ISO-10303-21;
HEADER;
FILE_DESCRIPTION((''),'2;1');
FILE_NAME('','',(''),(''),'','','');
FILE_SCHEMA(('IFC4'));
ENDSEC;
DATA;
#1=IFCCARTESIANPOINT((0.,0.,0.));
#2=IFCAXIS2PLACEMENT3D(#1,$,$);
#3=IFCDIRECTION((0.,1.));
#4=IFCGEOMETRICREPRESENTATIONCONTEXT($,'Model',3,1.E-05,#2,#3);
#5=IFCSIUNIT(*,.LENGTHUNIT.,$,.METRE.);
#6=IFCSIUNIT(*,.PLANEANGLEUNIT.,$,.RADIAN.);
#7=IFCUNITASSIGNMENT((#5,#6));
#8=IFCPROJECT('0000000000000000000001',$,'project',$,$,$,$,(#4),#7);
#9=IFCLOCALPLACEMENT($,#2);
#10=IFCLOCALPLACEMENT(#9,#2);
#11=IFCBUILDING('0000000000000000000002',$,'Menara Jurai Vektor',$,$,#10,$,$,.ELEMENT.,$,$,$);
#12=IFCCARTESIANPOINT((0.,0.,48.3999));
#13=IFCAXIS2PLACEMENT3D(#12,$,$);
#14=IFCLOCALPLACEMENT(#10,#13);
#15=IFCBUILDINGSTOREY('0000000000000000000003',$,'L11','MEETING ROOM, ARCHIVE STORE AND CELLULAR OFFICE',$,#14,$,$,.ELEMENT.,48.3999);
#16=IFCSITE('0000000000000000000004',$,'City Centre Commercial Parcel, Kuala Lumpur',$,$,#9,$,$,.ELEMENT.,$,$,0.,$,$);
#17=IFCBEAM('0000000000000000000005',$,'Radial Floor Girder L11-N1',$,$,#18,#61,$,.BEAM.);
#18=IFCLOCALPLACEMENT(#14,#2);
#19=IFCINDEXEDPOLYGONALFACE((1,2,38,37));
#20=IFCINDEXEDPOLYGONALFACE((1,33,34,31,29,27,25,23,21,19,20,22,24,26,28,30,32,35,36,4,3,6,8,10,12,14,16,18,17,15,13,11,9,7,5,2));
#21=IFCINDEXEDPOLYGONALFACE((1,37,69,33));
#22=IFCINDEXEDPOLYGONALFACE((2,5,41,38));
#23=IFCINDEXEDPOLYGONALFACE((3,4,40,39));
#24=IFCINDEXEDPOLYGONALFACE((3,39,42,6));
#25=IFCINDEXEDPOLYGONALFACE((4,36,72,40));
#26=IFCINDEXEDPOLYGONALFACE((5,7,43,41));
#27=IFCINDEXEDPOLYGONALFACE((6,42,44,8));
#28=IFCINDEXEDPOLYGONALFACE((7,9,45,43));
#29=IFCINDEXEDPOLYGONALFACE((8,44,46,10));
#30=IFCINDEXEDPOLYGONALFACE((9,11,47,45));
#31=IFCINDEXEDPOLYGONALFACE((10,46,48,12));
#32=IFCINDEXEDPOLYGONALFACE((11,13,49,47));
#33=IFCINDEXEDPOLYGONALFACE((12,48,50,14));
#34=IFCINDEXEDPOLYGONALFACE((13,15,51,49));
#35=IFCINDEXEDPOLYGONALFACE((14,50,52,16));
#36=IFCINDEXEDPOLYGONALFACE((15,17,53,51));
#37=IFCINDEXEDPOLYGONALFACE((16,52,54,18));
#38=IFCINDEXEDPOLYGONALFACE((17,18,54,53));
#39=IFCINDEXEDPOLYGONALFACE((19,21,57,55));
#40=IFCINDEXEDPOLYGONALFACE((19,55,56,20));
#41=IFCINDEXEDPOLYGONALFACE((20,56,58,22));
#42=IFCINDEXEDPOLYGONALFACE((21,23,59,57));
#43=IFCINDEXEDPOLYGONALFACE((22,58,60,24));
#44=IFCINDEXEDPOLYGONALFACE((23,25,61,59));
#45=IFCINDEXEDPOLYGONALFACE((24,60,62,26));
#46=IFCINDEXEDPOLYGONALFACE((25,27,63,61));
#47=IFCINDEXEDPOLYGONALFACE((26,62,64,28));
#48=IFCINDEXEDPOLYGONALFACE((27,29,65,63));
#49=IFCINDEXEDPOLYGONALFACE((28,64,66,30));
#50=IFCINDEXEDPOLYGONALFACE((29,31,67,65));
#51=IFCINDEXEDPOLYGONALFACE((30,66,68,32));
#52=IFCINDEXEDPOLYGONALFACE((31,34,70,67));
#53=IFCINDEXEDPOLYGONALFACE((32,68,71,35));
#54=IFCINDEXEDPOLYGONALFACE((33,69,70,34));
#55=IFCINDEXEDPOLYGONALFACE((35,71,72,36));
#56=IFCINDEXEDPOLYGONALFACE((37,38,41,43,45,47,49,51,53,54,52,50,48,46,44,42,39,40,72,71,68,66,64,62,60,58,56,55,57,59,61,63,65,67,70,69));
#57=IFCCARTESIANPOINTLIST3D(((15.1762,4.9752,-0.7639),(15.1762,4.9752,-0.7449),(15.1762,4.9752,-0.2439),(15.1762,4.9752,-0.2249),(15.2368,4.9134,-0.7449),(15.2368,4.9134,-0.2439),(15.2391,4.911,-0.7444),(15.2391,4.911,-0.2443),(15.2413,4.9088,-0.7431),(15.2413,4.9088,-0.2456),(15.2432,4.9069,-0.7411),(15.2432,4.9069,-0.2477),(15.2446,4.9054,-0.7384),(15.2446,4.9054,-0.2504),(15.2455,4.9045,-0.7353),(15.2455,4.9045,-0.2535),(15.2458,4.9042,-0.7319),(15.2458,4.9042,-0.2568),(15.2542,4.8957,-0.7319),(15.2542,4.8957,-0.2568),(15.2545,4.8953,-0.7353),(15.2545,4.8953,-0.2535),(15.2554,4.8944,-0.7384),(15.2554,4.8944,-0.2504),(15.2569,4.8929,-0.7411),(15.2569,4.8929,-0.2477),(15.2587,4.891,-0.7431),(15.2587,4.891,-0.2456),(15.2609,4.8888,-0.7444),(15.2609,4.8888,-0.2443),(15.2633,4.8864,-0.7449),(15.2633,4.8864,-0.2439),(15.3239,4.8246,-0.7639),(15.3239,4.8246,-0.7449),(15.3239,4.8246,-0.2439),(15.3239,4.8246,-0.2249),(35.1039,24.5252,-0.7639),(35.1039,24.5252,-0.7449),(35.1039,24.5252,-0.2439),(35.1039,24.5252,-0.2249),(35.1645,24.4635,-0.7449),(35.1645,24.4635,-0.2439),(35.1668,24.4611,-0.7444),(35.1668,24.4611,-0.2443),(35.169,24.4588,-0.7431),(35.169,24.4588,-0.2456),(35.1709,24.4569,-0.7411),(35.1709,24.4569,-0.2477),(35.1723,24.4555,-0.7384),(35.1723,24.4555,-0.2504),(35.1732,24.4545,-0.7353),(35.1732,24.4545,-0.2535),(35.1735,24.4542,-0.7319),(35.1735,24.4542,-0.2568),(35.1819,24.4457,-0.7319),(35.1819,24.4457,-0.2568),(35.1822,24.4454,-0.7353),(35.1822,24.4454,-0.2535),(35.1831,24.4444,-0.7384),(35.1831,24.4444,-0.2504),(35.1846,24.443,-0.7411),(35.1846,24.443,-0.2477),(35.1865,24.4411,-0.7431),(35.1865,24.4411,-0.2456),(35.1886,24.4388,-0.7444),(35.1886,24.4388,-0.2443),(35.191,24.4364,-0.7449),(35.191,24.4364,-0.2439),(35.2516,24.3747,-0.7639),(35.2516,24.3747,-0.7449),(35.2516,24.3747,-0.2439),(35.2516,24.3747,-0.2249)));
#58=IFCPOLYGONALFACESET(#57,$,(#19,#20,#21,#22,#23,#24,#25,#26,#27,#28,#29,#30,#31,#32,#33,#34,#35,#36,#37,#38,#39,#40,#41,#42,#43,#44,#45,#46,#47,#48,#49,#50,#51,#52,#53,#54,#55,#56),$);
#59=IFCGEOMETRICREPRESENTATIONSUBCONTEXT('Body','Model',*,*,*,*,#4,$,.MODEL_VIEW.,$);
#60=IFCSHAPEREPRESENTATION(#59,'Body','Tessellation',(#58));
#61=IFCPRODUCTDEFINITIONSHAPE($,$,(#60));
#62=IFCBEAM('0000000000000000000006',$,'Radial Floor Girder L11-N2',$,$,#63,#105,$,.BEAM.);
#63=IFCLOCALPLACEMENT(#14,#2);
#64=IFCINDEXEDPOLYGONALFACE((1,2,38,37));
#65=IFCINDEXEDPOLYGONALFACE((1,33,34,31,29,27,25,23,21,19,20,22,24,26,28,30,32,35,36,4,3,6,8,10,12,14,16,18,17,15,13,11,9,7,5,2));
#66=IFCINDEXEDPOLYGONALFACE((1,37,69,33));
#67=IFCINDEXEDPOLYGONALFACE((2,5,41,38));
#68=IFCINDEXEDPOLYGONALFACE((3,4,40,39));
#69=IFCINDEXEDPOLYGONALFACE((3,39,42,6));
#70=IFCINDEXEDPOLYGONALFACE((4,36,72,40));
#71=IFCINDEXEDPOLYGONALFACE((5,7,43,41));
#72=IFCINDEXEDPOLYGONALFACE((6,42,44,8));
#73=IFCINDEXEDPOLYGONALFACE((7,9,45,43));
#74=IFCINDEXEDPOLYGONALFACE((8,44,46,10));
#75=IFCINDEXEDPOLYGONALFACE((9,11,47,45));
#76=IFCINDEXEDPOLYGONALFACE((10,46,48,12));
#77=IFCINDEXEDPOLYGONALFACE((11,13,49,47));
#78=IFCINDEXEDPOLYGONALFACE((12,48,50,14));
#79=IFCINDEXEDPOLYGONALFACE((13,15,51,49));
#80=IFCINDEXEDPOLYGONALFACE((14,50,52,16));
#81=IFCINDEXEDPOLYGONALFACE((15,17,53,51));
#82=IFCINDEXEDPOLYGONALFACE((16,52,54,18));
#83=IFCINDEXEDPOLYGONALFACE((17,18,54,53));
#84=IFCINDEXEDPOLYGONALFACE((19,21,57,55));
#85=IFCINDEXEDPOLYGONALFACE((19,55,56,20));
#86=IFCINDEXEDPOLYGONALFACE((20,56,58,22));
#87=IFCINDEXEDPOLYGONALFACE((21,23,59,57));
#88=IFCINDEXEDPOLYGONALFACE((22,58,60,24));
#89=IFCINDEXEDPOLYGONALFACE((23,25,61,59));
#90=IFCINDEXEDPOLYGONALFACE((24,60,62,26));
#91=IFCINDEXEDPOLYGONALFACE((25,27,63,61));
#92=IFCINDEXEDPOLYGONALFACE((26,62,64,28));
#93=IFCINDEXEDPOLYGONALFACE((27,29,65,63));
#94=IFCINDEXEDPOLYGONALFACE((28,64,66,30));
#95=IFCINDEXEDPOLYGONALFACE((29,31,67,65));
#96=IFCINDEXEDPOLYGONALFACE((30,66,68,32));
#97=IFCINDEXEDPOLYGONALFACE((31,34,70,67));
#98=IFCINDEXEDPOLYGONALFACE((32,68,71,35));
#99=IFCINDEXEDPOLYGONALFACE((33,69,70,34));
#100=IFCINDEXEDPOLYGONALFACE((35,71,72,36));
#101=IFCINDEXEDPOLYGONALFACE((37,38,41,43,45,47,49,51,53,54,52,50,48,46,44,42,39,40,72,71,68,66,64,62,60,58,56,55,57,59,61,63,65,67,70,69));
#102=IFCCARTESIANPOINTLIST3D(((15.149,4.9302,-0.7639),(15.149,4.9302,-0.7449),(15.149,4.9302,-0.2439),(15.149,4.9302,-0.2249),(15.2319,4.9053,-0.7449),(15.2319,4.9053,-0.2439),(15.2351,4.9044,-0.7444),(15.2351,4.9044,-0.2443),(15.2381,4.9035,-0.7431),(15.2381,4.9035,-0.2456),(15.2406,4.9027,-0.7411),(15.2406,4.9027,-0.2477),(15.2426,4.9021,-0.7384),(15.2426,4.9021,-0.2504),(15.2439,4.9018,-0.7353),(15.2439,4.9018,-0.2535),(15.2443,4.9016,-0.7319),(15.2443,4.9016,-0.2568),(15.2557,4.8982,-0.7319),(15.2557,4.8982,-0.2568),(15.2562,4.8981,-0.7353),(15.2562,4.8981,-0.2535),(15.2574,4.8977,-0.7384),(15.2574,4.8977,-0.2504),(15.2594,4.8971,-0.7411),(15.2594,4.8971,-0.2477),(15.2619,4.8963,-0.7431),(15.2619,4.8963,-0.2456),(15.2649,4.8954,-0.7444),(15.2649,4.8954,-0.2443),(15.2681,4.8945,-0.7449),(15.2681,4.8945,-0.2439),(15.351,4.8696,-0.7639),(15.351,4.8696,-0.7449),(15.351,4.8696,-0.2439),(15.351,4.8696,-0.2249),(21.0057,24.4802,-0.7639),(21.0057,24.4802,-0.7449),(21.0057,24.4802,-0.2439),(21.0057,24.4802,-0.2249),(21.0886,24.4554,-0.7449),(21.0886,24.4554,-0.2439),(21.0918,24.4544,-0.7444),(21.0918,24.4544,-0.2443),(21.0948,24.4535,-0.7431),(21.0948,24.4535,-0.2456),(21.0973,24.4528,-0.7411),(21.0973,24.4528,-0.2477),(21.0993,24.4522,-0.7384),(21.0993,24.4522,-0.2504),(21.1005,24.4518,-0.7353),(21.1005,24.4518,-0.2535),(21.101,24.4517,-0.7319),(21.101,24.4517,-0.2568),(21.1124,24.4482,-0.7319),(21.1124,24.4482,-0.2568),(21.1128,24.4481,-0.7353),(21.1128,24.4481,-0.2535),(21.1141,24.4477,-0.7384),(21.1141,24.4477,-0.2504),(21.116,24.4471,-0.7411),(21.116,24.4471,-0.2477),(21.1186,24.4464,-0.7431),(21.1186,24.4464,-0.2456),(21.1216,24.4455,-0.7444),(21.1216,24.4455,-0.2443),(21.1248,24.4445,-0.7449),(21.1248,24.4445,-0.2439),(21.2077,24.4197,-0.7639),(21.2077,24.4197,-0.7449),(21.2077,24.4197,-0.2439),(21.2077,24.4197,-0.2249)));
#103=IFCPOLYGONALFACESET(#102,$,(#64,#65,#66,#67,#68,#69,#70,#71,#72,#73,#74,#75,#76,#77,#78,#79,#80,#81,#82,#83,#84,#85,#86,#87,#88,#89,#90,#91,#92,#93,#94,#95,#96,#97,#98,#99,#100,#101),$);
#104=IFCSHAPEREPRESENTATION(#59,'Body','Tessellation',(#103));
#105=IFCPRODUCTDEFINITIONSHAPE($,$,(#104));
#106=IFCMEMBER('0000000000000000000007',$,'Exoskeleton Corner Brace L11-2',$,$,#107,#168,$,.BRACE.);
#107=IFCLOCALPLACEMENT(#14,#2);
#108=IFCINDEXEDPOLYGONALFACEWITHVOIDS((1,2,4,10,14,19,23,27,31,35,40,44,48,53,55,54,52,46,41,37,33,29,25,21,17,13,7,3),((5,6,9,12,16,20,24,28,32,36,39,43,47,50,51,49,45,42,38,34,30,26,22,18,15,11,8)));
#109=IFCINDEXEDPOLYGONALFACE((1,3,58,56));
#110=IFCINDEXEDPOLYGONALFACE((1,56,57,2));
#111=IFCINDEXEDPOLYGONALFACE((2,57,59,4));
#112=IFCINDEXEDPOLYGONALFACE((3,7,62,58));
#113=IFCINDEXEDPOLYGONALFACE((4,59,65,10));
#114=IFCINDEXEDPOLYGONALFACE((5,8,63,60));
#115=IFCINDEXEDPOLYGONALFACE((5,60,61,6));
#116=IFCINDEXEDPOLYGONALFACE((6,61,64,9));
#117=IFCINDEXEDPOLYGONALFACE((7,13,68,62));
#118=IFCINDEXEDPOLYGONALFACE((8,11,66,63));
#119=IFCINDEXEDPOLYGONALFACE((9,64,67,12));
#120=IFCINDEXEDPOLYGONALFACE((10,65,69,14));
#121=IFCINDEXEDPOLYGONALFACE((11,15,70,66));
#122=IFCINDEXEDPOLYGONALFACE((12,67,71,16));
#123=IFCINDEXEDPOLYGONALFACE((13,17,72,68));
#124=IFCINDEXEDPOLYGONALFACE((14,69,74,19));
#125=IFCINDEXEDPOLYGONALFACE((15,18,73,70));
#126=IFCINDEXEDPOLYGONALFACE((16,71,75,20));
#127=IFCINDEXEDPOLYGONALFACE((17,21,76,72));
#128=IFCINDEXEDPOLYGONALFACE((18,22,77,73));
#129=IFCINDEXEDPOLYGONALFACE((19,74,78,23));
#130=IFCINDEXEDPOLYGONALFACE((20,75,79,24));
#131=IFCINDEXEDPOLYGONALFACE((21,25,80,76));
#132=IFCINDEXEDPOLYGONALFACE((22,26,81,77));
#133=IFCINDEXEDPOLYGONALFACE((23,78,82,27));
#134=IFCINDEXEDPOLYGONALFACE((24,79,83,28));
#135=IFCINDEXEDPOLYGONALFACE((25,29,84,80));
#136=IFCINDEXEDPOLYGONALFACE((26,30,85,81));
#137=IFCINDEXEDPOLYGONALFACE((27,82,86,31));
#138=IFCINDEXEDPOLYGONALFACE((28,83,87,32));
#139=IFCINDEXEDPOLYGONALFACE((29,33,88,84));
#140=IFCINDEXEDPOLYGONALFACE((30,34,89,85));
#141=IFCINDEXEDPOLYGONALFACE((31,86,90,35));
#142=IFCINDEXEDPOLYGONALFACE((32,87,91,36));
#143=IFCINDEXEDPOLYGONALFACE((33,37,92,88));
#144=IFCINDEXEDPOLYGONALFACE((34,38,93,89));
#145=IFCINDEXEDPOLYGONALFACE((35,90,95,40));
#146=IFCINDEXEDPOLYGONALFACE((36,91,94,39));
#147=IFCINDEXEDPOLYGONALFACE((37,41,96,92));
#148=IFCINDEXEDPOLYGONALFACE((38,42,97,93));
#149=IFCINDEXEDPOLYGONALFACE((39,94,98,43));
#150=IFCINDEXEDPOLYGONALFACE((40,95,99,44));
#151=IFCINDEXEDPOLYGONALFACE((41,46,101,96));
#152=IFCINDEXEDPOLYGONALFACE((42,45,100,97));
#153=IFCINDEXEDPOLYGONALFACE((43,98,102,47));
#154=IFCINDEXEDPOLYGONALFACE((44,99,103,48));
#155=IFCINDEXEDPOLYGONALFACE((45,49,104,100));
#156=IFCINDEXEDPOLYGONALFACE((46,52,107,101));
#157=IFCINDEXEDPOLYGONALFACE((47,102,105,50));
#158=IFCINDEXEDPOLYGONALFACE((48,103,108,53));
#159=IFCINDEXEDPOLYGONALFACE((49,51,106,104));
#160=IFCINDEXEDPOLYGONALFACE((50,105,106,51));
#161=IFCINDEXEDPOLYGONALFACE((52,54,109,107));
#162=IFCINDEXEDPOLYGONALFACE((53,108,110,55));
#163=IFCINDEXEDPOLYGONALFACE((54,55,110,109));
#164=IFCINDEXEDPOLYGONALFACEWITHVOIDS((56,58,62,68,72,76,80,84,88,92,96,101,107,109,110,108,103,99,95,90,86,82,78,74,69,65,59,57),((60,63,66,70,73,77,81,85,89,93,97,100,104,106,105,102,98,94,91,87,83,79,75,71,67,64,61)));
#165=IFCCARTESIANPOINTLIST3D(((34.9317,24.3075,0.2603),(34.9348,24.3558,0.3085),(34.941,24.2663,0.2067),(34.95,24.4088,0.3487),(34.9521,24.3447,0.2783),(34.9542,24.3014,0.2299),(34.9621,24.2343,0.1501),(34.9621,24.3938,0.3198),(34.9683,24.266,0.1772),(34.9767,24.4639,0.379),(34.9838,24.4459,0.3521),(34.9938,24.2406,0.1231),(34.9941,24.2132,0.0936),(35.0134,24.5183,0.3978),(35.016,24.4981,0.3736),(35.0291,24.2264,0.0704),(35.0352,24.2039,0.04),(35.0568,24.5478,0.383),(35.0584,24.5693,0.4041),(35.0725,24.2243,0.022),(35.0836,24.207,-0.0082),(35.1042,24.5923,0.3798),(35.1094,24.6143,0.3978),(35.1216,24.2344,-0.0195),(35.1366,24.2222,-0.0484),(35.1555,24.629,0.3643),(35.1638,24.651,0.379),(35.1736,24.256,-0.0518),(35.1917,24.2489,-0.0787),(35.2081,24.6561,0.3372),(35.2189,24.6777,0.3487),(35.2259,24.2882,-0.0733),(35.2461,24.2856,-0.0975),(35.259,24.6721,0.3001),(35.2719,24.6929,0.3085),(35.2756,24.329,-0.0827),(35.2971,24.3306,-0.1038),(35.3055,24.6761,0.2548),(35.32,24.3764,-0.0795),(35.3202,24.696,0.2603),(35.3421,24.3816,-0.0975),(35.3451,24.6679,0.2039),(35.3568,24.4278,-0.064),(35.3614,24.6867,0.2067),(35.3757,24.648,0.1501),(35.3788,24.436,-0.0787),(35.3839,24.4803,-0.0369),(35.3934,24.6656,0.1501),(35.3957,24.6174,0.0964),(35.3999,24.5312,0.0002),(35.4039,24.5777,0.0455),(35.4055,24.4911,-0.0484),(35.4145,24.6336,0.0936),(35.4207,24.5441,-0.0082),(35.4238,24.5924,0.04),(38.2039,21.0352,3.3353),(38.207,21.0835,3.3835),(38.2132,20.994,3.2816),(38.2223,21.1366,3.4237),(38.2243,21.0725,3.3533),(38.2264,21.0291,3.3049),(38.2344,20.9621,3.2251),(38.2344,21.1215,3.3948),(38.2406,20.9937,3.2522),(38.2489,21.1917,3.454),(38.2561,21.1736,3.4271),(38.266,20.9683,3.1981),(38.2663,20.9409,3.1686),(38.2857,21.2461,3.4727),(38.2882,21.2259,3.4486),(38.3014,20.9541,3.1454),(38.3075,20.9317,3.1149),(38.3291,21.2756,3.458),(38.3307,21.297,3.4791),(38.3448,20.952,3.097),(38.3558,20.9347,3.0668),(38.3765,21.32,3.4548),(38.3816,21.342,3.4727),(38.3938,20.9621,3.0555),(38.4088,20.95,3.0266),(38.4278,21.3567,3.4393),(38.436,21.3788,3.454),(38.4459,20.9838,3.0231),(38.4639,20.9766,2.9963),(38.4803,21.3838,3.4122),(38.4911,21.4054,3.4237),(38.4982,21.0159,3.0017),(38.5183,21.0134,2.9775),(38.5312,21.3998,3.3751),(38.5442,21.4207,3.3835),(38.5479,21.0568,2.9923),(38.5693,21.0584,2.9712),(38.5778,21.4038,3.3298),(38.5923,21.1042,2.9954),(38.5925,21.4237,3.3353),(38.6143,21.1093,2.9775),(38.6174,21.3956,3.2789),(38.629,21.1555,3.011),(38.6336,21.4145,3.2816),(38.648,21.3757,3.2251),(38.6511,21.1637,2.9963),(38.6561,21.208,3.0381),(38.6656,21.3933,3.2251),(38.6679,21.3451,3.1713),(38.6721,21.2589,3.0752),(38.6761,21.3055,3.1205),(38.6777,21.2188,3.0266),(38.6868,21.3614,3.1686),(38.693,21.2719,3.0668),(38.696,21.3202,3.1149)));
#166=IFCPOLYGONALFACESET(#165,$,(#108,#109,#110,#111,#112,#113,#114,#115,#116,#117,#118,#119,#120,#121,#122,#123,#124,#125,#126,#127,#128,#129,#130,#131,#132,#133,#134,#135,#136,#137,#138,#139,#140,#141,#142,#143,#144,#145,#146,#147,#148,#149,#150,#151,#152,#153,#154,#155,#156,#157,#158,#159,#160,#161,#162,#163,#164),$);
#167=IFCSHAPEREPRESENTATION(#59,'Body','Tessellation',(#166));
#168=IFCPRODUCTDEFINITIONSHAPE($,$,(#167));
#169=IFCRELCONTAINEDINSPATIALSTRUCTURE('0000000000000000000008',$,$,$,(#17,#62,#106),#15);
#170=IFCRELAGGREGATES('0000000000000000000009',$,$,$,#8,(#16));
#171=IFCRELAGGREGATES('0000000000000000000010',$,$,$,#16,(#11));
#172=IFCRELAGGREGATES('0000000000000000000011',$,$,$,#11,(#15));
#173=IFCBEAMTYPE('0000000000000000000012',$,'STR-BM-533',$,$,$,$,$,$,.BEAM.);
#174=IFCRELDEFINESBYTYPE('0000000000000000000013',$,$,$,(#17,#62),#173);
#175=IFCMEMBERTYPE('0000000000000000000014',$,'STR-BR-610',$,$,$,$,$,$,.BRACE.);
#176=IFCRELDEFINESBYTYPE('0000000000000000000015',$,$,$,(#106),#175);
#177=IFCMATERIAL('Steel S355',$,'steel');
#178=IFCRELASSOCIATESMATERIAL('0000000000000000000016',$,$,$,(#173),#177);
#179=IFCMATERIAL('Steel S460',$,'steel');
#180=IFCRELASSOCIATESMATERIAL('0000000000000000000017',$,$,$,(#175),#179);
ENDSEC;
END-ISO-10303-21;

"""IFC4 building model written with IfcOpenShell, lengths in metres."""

from ifc_helpers import new_model, si_unit, direction, frame, origin, origin_2d, place, context, subcontext, project, spatial, hollow_circle, i_section, extrude, material, material_profile, profile_set, type_object, element, save


model = new_model("IFC4")

# Units and contexts
model_context = context("Model", 3, precision=1e-05, world=origin(), true_north=direction((0.0, 1.0)))
body_context = subcontext(model_context, "Body", "Model", "MODEL_VIEW")
ifc_project = project(units=[si_unit("LENGTHUNIT", "METRE"), si_unit("PLANEANGLEUNIT", "RADIAN")], contexts=[model_context])

# Site, building, storey
site_placement = place(None, origin())
site = spatial("IfcSite", under=ifc_project, at=site_placement, Name="City Centre Commercial Parcel, Kuala Lumpur", CompositionType="ELEMENT", RefElevation=0.0)
building_placement = place(site_placement, origin())
building = spatial("IfcBuilding", under=site, at=building_placement, Name="Menara Jurai Vektor", CompositionType="ELEMENT")
storey_placement = place(building_placement, frame((0.0, 0.0, 48.3999)))
storey = spatial("IfcBuildingStorey", under=building, at=storey_placement, Name="L11", Description="MEETING ROOM, ARCHIVE STORE AND CELLULAR OFFICE", CompositionType="ELEMENT", Elevation=48.3999)

# Shared definitions
ifc_material_1 = material(Name="Steel S460", Category="steel")

# Beams
ifc_material_2 = material(Name="Steel S355", Category="steel")
ifc_material_profile_1 = material_profile(ifc_material_2, i_section(OverallWidth=0.2109, OverallDepth=0.5391, WebThickness=0.012, FlangeThickness=0.019, FilletRadius=0.0129, at=origin_2d()), Name="UKB 533x210x109")
ifc_profile_set_1 = profile_set([ifc_material_profile_1], Name="Steel S355")
beam_type_1 = type_object("IfcBeamType", Name="STR-BM-533", PredefinedType="BEAM", material=ifc_profile_set_1)
beam_1_placement = place(storey_placement, frame((35.1777, 24.45, -0.4944), z_axis=(-0.713839, -0.70031, 0.0), x_axis=(0.70031, -0.713839, 0.0)))
element("IfcBeam", 1, at=beam_1_placement, inside=storey, type_object=beam_type_1, Name="Radial Floor Girder L11-N1", PredefinedType="BEAM", context=body_context, shape_type="SweptSolid", body=[
    extrude(i_section(OverallWidth=0.2109, OverallDepth=0.5391, WebThickness=0.012, FlangeThickness=0.019, FilletRadius=0.0129, at=origin_2d()), origin(), (0.0, 0.0, 1.0), 27.9163),
])
beam_2_placement = place(storey_placement, frame((21.1067, 24.45, -0.4944), z_axis=(-0.286974, -0.957938, 0.0), x_axis=(0.957938, -0.286974, 0.0)))
element("IfcBeam", 2, at=beam_2_placement, inside=storey, type_object=beam_type_1, Name="Radial Floor Girder L11-N2", PredefinedType="BEAM", context=body_context, shape_type="SweptSolid", body=[
    extrude(i_section(OverallWidth=0.2109, OverallDepth=0.5391, WebThickness=0.012, FlangeThickness=0.019, FilletRadius=0.0129, at=origin_2d()), origin(), (0.0, 0.0, 1.0), 20.4084),
])

# Member
ifc_material_profile_2 = material_profile(ifc_material_1, hollow_circle(Radius=0.3049, WallThickness=0.0249, at=origin_2d()), Name="CHS 610x25")
ifc_profile_set_2 = profile_set([ifc_material_profile_2], Name="Steel S460")
member_type_1 = type_object("IfcMemberType", Name="STR-BR-610", PredefinedType="BRACE", material=ifc_profile_set_2)
member_1_placement = place(storey_placement, frame((35.1777, 24.45, 0.1501), z_axis=(0.588942, -0.588942, 0.553438), x_axis=(0.707107, 0.707107, 0.0)))
element("IfcMember", 3, at=member_1_placement, inside=storey, type_object=member_type_1, Name="Exoskeleton Corner Brace L11-2", PredefinedType="BRACE", context=body_context, shape_type="SweptSolid", body=[
    extrude(hollow_circle(Radius=0.3049, WallThickness=0.0249, at=origin_2d()), origin(), (0.0, 0.0, 1.0), 5.5562),
])

save(model, "model.ifc")
